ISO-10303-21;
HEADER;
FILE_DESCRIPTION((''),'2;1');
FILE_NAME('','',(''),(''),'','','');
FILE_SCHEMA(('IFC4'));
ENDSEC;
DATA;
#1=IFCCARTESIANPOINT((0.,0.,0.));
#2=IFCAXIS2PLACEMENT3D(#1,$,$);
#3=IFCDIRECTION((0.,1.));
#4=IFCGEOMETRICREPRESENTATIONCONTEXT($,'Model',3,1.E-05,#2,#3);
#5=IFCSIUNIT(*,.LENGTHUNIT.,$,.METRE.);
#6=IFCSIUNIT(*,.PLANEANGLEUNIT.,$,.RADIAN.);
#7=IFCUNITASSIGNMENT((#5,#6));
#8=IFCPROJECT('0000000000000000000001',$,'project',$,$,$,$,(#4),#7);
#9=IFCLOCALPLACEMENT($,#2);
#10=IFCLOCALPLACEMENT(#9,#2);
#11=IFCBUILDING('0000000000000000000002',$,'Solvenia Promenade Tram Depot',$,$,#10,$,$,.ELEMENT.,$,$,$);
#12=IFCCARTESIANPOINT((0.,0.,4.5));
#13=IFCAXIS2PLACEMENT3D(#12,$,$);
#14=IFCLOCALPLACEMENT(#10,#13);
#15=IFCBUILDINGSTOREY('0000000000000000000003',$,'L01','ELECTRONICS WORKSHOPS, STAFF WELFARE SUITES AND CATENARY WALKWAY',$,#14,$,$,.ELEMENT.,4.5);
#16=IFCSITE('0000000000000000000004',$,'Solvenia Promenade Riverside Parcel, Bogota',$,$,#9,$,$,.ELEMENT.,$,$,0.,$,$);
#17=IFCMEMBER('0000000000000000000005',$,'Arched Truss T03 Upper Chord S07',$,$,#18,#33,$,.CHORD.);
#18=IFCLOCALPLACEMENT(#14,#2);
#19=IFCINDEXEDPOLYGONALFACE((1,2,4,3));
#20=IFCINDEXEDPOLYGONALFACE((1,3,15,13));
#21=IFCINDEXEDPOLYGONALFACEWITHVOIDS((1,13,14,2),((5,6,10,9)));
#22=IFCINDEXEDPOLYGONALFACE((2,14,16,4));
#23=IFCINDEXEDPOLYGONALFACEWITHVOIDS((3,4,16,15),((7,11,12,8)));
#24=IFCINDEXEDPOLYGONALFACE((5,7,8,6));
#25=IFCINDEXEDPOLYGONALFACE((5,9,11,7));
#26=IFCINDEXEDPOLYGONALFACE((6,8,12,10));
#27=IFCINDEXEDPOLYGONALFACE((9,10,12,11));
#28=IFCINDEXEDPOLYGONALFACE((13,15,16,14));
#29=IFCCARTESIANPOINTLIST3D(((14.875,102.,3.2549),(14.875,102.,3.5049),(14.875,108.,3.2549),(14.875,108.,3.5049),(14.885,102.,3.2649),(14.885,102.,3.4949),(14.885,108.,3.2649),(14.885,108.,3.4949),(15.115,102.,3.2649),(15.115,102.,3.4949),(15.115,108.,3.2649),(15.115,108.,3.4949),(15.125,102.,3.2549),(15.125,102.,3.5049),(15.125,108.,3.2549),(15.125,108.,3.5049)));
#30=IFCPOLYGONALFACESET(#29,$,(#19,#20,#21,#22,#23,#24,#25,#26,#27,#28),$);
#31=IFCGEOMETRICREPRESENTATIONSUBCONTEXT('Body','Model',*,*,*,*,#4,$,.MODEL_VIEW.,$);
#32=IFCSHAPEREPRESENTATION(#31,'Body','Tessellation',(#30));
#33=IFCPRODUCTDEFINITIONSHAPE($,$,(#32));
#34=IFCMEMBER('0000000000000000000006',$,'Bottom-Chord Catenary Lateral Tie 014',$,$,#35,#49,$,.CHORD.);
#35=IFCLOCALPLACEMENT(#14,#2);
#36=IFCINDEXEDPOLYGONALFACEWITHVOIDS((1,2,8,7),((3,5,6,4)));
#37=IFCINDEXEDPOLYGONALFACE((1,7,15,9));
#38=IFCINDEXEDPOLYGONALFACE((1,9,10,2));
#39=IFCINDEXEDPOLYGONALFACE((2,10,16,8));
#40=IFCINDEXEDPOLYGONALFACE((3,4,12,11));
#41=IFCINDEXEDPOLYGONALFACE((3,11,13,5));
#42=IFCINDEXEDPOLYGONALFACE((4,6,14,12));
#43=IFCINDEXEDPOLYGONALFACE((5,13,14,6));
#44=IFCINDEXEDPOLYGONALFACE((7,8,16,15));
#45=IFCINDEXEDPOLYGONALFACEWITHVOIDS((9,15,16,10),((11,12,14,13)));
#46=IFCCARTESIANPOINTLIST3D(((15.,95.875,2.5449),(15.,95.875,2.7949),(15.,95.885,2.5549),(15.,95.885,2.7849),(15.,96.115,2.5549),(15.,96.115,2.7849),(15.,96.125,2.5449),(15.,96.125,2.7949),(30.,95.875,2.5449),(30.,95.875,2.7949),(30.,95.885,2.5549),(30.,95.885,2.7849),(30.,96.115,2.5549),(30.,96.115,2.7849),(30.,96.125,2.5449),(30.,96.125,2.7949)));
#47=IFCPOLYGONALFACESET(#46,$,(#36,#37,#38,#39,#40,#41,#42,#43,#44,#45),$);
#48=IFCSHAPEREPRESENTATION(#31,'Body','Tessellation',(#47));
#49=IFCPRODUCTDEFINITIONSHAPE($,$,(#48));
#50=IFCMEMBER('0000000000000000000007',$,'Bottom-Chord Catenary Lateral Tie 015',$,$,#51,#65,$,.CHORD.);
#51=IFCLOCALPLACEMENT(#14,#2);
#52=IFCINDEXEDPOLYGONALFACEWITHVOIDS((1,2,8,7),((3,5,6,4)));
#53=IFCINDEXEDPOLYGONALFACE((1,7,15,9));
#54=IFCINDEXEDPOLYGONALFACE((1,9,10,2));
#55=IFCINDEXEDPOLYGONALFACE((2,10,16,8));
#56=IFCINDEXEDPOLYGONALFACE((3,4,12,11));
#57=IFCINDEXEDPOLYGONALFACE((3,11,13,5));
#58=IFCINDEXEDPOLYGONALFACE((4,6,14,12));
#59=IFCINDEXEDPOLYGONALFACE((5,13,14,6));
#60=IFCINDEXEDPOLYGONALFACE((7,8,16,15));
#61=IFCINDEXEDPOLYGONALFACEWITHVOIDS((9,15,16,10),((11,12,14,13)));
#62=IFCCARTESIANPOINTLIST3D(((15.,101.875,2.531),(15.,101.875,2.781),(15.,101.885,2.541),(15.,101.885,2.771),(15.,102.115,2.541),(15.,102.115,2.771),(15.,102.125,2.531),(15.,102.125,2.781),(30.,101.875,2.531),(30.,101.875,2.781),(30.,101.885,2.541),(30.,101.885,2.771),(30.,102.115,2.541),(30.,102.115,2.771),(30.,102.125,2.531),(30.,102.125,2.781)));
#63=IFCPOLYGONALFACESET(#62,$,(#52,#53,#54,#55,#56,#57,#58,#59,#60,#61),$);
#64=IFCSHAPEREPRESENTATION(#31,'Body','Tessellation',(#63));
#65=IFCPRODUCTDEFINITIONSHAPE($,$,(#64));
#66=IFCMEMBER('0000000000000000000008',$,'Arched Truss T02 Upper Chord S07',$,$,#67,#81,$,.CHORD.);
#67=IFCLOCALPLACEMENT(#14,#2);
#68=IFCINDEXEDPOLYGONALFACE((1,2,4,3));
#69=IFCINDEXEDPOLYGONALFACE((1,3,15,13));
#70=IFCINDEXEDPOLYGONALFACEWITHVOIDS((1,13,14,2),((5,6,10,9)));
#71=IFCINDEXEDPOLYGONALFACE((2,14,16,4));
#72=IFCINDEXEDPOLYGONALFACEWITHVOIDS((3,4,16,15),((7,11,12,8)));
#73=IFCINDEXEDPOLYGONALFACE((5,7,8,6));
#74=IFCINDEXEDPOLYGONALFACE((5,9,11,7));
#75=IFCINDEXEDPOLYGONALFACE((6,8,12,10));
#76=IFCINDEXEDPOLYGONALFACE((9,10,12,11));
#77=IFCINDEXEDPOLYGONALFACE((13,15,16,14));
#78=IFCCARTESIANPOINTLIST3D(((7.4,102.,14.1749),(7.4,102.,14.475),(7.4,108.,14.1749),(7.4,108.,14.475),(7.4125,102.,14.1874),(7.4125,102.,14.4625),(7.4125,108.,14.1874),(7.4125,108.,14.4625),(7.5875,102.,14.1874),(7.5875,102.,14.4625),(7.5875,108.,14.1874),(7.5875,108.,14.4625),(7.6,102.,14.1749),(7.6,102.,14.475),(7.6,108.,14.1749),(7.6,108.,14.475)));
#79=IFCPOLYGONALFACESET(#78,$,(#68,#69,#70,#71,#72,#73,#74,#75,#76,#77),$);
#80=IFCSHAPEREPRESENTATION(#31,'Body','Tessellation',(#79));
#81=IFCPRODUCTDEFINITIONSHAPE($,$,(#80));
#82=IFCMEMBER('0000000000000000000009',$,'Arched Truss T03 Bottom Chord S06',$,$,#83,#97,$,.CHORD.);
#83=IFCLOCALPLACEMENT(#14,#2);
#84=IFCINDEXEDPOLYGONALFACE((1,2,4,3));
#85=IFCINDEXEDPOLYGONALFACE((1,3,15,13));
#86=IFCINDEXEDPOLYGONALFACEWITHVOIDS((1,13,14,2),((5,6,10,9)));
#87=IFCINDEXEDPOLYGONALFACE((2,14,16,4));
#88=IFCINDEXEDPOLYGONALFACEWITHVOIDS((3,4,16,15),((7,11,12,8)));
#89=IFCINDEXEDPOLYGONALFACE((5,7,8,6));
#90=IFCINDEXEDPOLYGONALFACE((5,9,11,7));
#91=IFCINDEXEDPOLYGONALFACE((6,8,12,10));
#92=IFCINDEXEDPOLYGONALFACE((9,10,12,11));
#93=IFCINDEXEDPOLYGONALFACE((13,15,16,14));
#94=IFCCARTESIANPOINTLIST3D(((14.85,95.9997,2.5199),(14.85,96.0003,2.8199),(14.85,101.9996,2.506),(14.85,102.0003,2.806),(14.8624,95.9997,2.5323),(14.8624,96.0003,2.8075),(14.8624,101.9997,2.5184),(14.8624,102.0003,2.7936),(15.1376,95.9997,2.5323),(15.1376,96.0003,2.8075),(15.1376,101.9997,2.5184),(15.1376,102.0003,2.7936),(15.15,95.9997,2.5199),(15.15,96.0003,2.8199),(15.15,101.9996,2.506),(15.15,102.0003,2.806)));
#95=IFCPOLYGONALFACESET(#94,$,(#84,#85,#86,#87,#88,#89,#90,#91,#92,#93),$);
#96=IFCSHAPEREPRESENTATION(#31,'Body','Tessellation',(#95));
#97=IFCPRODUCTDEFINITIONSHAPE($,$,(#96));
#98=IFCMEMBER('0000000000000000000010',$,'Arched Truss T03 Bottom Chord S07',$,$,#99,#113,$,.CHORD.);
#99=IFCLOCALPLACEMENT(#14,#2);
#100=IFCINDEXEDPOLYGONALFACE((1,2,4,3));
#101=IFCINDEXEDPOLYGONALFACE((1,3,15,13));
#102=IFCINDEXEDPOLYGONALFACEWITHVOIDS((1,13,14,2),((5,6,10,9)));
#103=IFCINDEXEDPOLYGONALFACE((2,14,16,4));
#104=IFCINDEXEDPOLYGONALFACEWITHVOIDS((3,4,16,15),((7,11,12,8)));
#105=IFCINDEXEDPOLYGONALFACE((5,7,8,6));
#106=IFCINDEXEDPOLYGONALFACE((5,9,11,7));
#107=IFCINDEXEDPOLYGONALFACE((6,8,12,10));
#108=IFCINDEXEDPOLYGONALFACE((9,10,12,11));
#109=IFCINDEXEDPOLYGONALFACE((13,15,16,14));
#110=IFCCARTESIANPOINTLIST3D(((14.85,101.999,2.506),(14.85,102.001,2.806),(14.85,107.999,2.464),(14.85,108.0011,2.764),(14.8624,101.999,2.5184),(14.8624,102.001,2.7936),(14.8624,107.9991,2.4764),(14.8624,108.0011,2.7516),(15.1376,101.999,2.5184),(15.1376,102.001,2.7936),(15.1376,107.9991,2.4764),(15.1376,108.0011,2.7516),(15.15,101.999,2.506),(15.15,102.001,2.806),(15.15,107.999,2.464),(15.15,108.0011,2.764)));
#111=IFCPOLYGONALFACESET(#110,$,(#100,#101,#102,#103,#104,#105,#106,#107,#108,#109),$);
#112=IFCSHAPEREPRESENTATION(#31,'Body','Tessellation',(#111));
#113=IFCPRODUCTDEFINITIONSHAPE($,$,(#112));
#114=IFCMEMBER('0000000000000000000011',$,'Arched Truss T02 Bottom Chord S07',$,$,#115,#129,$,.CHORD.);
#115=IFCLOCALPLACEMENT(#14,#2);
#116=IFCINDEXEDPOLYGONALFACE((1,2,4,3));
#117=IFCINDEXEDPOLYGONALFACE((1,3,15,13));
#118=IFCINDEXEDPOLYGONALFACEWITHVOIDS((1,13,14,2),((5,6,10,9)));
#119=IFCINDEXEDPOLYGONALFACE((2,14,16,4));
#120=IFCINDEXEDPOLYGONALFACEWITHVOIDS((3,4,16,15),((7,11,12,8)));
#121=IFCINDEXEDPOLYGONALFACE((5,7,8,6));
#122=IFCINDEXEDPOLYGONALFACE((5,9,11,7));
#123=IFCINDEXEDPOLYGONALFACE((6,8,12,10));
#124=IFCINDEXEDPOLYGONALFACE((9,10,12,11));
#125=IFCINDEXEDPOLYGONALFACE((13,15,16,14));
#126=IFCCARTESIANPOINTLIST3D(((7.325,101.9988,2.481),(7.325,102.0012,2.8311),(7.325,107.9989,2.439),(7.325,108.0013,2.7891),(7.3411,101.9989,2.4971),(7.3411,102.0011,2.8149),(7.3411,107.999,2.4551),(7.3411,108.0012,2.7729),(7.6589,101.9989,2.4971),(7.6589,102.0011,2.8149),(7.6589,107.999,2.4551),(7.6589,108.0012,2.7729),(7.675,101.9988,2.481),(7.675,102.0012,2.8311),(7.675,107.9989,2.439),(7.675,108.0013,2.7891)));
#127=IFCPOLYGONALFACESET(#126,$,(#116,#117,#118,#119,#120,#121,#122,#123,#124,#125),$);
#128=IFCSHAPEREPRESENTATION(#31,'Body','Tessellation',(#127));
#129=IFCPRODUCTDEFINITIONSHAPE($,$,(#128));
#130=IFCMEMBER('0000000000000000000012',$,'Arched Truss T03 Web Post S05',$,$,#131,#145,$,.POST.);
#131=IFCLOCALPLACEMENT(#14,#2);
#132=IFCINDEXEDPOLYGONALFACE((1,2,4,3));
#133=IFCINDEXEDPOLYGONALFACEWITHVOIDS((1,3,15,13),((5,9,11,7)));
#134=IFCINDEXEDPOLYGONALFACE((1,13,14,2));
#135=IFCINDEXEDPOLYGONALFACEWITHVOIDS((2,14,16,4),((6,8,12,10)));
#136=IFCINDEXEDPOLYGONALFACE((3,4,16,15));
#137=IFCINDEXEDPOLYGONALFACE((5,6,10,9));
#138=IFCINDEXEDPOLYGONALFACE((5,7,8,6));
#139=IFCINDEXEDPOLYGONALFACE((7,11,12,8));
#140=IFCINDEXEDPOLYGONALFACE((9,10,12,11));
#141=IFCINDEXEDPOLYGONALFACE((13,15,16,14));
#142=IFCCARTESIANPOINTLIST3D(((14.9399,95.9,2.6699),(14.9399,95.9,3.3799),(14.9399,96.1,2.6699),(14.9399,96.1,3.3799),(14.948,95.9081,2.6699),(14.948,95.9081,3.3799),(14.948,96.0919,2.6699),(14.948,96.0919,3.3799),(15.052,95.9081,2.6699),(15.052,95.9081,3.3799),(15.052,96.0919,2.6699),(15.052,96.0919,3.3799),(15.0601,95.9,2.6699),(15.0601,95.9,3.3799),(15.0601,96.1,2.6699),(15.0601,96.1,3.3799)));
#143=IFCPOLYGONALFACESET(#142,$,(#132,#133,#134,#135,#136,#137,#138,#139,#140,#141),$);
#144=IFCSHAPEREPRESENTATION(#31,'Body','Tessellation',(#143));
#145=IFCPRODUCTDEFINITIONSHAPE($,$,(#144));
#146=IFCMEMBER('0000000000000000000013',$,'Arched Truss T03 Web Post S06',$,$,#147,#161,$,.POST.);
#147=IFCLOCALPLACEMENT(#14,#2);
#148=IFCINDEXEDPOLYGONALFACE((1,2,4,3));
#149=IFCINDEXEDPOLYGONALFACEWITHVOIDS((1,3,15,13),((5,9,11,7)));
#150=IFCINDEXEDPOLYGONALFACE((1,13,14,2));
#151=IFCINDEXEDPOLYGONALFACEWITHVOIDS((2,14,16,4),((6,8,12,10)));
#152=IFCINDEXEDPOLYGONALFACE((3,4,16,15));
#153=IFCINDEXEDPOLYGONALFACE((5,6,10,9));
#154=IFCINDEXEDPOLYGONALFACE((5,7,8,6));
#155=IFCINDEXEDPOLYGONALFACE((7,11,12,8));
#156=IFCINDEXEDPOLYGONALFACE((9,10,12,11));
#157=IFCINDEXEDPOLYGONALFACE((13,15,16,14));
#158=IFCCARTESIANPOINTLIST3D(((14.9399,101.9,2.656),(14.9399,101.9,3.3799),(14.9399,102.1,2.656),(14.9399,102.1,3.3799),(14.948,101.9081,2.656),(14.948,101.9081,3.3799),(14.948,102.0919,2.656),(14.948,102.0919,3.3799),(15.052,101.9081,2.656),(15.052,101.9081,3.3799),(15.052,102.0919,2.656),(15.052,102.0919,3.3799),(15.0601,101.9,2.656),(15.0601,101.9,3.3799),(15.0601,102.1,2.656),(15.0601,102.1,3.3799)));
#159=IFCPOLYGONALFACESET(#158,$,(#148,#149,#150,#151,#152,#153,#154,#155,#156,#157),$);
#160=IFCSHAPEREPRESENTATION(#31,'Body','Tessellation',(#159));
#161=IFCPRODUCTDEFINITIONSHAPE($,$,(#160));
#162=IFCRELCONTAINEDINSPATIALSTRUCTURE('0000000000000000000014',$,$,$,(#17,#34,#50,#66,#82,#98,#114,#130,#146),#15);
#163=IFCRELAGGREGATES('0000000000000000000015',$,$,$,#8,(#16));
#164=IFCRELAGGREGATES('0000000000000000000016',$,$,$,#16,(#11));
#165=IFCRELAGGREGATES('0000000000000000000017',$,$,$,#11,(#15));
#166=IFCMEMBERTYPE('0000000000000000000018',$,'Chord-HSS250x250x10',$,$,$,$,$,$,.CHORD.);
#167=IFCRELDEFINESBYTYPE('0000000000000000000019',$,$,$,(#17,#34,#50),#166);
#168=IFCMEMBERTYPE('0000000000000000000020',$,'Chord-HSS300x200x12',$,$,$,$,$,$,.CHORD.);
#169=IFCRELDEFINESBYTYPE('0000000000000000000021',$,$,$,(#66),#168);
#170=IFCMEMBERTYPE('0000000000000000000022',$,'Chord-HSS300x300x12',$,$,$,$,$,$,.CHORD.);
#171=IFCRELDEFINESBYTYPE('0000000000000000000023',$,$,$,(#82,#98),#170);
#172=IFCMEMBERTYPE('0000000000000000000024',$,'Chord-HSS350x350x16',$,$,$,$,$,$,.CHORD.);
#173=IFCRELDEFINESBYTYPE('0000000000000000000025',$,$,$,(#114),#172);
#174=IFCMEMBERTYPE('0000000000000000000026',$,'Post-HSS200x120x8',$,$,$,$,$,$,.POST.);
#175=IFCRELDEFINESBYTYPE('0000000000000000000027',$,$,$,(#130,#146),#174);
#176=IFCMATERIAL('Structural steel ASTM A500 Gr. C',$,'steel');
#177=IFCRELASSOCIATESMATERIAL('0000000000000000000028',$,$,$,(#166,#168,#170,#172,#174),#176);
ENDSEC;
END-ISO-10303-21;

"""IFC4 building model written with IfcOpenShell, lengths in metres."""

from ifc_helpers import new_model, si_unit, direction, frame, origin, origin_2d, place, context, subcontext, project, spatial, hollow_rectangle, extrude, material, material_profile, profile_set, type_object, element, save


model = new_model("IFC4")

# Units and contexts
model_context = context("Model", 3, precision=1e-05, world=origin(), true_north=direction((0.0, 1.0)))
body_context = subcontext(model_context, "Body", "Model", "MODEL_VIEW")
ifc_project = project(units=[si_unit("LENGTHUNIT", "METRE"), si_unit("PLANEANGLEUNIT", "RADIAN")], contexts=[model_context])

# Site, building, storey
site_placement = place(None, origin())
site = spatial("IfcSite", under=ifc_project, at=site_placement, Name="Solvenia Promenade Riverside Parcel, Bogota", CompositionType="ELEMENT", RefElevation=0.0)
building_placement = place(site_placement, origin())
building = spatial("IfcBuilding", under=site, at=building_placement, Name="Solvenia Promenade Tram Depot", CompositionType="ELEMENT")
storey_placement = place(building_placement, frame((0.0, 0.0, 4.5)))
storey = spatial("IfcBuildingStorey", under=building, at=storey_placement, Name="L01", Description="ELECTRONICS WORKSHOPS, STAFF WELFARE SUITES AND CATENARY WALKWAY", CompositionType="ELEMENT", Elevation=4.5)

# Members
ifc_material_1 = material(Name="Structural steel ASTM A500 Gr. C", Category="steel")
ifc_material_profile_1 = material_profile(ifc_material_1, hollow_rectangle(XDim=0.25, YDim=0.25, WallThickness=0.01, at=origin_2d()), Name="HSS250x250x10", Category="steel")
ifc_profile_set_1 = profile_set([ifc_material_profile_1], Name="Structural steel ASTM A500 Gr. C")
member_type_1 = type_object("IfcMemberType", Name="Chord-HSS250x250x10", PredefinedType="CHORD", material=ifc_profile_set_1)
for number, where, z_axis, x_axis, name in (
    (1, (15.0, 102.0, 3.3799), (0.0, 1.0, 0.0), (-1.0, 0.0, 0.0), "Arched Truss T03 Upper Chord S07"),
):
    element("IfcMember", number, at=place(storey_placement, frame(where, z_axis=z_axis, x_axis=x_axis)), inside=storey, type_object=member_type_1, Name=name, PredefinedType="CHORD", context=body_context, shape_type="SweptSolid", body=[
        extrude(hollow_rectangle(XDim=0.25, YDim=0.25, WallThickness=0.01, at=origin_2d()), origin(), (0.0, 0.0, 1.0), 6.0),
    ])
for number, where, z_axis, x_axis, name in (
    (2, (15.0, 96.0, 2.6699), (1.0, 0.0, 0.0), (0.0, 1.0, 0.0), "Bottom-Chord Catenary Lateral Tie 014"),
    (3, (15.0, 102.0, 2.656), (1.0, 0.0, 0.0), (0.0, 1.0, 0.0), "Bottom-Chord Catenary Lateral Tie 015"),
):
    element("IfcMember", number, at=place(storey_placement, frame(where, z_axis=z_axis, x_axis=x_axis)), inside=storey, type_object=member_type_1, Name=name, PredefinedType="CHORD", context=body_context, shape_type="SweptSolid", body=[
        extrude(hollow_rectangle(XDim=0.25, YDim=0.25, WallThickness=0.01, at=origin_2d()), origin(), (0.0, 0.0, 1.0), 15.0),
    ])
ifc_material_profile_2 = material_profile(ifc_material_1, hollow_rectangle(XDim=0.2, YDim=0.3, WallThickness=0.0125, at=origin_2d()), Name="HSS300x200x12.5", Category="steel")
ifc_profile_set_2 = profile_set([ifc_material_profile_2], Name="Structural steel ASTM A500 Gr. C")
member_type_2 = type_object("IfcMemberType", Name="Chord-HSS300x200x12", PredefinedType="CHORD", material=ifc_profile_set_2)
member_1_placement = place(storey_placement, frame((7.5, 102.0, 14.325), z_axis=(0.0, 1.0, 0.0), x_axis=(-1.0, 0.0, 0.0)))
element("IfcMember", 4, at=member_1_placement, inside=storey, type_object=member_type_2, Name="Arched Truss T02 Upper Chord S07", PredefinedType="CHORD", context=body_context, shape_type="SweptSolid", body=[
    extrude(hollow_rectangle(XDim=0.2, YDim=0.3, WallThickness=0.0125, at=origin_2d()), origin(), (0.0, 0.0, 1.0), 6.0),
])
ifc_material_profile_3 = material_profile(ifc_material_1, hollow_rectangle(XDim=0.3, YDim=0.3, WallThickness=0.0125, at=origin_2d()), Name="HSS300x300x12.5", Category="steel")
ifc_profile_set_3 = profile_set([ifc_material_profile_3], Name="Structural steel ASTM A500 Gr. C")
member_type_3 = type_object("IfcMemberType", Name="Chord-HSS300x300x12", PredefinedType="CHORD", material=ifc_profile_set_3)
member_2_placement = place(storey_placement, frame((15.0, 96.0, 2.6699), z_axis=(0.0, 0.999997, -0.002319), x_axis=(-1.0, 0.0, 0.0)))
element("IfcMember", 5, at=member_2_placement, inside=storey, type_object=member_type_3, Name="Arched Truss T03 Bottom Chord S06", PredefinedType="CHORD", context=body_context, shape_type="SweptSolid", body=[
    extrude(hollow_rectangle(XDim=0.3, YDim=0.3, WallThickness=0.0125, at=origin_2d()), origin(), (0.0, 0.0, 1.0), 6.0),
])
member_3_placement = place(storey_placement, frame((15.0, 102.0, 2.656), z_axis=(0.0, 0.999976, -0.006999), x_axis=(-1.0, 0.0, 0.0)))
element("IfcMember", 6, at=member_3_placement, inside=storey, type_object=member_type_3, Name="Arched Truss T03 Bottom Chord S07", PredefinedType="CHORD", context=body_context, shape_type="SweptSolid", body=[
    extrude(hollow_rectangle(XDim=0.3, YDim=0.3, WallThickness=0.0125, at=origin_2d()), origin(), (0.0, 0.0, 1.0), 6.0002),
])
ifc_material_profile_4 = material_profile(ifc_material_1, hollow_rectangle(XDim=0.3501, YDim=0.3501, WallThickness=0.0161, at=origin_2d()), Name="HSS350x350x16", Category="steel")
ifc_profile_set_4 = profile_set([ifc_material_profile_4], Name="Structural steel ASTM A500 Gr. C")
member_type_4 = type_object("IfcMemberType", Name="Chord-HSS350x350x16", PredefinedType="CHORD", material=ifc_profile_set_4)
member_4_placement = place(storey_placement, frame((7.5, 102.0, 2.656), z_axis=(0.0, 0.999976, -0.006999), x_axis=(-1.0, 0.0, 0.0)))
element("IfcMember", 7, at=member_4_placement, inside=storey, type_object=member_type_4, Name="Arched Truss T02 Bottom Chord S07", PredefinedType="CHORD", context=body_context, shape_type="SweptSolid", body=[
    extrude(hollow_rectangle(XDim=0.3501, YDim=0.3501, WallThickness=0.0161, at=origin_2d()), origin(), (0.0, 0.0, 1.0), 6.0002),
])
ifc_material_profile_5 = material_profile(ifc_material_1, hollow_rectangle(XDim=0.1201, YDim=0.2, WallThickness=0.0081, at=origin_2d()), Name="HSS200x120x8", Category="steel")
ifc_profile_set_5 = profile_set([ifc_material_profile_5], Name="Structural steel ASTM A500 Gr. C")
member_type_5 = type_object("IfcMemberType", Name="Post-HSS200x120x8", PredefinedType="POST", material=ifc_profile_set_5)
member_5_placement = place(storey_placement, frame((15.0, 96.0, 2.6699), z_axis=(0.0, 0.0, 1.0), x_axis=(1.0, 0.0, 0.0)))
element("IfcMember", 8, at=member_5_placement, inside=storey, type_object=member_type_5, Name="Arched Truss T03 Web Post S05", PredefinedType="POST", context=body_context, shape_type="SweptSolid", body=[
    extrude(hollow_rectangle(XDim=0.1201, YDim=0.2, WallThickness=0.0081, at=origin_2d()), origin(), (0.0, 0.0, 1.0), 0.71),
])
member_6_placement = place(storey_placement, frame((15.0, 102.0, 2.656), z_axis=(0.0, 0.0, 1.0), x_axis=(1.0, 0.0, 0.0)))
element("IfcMember", 9, at=member_6_placement, inside=storey, type_object=member_type_5, Name="Arched Truss T03 Web Post S06", PredefinedType="POST", context=body_context, shape_type="SweptSolid", body=[
    extrude(hollow_rectangle(XDim=0.1201, YDim=0.2, WallThickness=0.0081, at=origin_2d()), origin(), (0.0, 0.0, 1.0), 0.7239),
])

save(model, "model.ifc")
